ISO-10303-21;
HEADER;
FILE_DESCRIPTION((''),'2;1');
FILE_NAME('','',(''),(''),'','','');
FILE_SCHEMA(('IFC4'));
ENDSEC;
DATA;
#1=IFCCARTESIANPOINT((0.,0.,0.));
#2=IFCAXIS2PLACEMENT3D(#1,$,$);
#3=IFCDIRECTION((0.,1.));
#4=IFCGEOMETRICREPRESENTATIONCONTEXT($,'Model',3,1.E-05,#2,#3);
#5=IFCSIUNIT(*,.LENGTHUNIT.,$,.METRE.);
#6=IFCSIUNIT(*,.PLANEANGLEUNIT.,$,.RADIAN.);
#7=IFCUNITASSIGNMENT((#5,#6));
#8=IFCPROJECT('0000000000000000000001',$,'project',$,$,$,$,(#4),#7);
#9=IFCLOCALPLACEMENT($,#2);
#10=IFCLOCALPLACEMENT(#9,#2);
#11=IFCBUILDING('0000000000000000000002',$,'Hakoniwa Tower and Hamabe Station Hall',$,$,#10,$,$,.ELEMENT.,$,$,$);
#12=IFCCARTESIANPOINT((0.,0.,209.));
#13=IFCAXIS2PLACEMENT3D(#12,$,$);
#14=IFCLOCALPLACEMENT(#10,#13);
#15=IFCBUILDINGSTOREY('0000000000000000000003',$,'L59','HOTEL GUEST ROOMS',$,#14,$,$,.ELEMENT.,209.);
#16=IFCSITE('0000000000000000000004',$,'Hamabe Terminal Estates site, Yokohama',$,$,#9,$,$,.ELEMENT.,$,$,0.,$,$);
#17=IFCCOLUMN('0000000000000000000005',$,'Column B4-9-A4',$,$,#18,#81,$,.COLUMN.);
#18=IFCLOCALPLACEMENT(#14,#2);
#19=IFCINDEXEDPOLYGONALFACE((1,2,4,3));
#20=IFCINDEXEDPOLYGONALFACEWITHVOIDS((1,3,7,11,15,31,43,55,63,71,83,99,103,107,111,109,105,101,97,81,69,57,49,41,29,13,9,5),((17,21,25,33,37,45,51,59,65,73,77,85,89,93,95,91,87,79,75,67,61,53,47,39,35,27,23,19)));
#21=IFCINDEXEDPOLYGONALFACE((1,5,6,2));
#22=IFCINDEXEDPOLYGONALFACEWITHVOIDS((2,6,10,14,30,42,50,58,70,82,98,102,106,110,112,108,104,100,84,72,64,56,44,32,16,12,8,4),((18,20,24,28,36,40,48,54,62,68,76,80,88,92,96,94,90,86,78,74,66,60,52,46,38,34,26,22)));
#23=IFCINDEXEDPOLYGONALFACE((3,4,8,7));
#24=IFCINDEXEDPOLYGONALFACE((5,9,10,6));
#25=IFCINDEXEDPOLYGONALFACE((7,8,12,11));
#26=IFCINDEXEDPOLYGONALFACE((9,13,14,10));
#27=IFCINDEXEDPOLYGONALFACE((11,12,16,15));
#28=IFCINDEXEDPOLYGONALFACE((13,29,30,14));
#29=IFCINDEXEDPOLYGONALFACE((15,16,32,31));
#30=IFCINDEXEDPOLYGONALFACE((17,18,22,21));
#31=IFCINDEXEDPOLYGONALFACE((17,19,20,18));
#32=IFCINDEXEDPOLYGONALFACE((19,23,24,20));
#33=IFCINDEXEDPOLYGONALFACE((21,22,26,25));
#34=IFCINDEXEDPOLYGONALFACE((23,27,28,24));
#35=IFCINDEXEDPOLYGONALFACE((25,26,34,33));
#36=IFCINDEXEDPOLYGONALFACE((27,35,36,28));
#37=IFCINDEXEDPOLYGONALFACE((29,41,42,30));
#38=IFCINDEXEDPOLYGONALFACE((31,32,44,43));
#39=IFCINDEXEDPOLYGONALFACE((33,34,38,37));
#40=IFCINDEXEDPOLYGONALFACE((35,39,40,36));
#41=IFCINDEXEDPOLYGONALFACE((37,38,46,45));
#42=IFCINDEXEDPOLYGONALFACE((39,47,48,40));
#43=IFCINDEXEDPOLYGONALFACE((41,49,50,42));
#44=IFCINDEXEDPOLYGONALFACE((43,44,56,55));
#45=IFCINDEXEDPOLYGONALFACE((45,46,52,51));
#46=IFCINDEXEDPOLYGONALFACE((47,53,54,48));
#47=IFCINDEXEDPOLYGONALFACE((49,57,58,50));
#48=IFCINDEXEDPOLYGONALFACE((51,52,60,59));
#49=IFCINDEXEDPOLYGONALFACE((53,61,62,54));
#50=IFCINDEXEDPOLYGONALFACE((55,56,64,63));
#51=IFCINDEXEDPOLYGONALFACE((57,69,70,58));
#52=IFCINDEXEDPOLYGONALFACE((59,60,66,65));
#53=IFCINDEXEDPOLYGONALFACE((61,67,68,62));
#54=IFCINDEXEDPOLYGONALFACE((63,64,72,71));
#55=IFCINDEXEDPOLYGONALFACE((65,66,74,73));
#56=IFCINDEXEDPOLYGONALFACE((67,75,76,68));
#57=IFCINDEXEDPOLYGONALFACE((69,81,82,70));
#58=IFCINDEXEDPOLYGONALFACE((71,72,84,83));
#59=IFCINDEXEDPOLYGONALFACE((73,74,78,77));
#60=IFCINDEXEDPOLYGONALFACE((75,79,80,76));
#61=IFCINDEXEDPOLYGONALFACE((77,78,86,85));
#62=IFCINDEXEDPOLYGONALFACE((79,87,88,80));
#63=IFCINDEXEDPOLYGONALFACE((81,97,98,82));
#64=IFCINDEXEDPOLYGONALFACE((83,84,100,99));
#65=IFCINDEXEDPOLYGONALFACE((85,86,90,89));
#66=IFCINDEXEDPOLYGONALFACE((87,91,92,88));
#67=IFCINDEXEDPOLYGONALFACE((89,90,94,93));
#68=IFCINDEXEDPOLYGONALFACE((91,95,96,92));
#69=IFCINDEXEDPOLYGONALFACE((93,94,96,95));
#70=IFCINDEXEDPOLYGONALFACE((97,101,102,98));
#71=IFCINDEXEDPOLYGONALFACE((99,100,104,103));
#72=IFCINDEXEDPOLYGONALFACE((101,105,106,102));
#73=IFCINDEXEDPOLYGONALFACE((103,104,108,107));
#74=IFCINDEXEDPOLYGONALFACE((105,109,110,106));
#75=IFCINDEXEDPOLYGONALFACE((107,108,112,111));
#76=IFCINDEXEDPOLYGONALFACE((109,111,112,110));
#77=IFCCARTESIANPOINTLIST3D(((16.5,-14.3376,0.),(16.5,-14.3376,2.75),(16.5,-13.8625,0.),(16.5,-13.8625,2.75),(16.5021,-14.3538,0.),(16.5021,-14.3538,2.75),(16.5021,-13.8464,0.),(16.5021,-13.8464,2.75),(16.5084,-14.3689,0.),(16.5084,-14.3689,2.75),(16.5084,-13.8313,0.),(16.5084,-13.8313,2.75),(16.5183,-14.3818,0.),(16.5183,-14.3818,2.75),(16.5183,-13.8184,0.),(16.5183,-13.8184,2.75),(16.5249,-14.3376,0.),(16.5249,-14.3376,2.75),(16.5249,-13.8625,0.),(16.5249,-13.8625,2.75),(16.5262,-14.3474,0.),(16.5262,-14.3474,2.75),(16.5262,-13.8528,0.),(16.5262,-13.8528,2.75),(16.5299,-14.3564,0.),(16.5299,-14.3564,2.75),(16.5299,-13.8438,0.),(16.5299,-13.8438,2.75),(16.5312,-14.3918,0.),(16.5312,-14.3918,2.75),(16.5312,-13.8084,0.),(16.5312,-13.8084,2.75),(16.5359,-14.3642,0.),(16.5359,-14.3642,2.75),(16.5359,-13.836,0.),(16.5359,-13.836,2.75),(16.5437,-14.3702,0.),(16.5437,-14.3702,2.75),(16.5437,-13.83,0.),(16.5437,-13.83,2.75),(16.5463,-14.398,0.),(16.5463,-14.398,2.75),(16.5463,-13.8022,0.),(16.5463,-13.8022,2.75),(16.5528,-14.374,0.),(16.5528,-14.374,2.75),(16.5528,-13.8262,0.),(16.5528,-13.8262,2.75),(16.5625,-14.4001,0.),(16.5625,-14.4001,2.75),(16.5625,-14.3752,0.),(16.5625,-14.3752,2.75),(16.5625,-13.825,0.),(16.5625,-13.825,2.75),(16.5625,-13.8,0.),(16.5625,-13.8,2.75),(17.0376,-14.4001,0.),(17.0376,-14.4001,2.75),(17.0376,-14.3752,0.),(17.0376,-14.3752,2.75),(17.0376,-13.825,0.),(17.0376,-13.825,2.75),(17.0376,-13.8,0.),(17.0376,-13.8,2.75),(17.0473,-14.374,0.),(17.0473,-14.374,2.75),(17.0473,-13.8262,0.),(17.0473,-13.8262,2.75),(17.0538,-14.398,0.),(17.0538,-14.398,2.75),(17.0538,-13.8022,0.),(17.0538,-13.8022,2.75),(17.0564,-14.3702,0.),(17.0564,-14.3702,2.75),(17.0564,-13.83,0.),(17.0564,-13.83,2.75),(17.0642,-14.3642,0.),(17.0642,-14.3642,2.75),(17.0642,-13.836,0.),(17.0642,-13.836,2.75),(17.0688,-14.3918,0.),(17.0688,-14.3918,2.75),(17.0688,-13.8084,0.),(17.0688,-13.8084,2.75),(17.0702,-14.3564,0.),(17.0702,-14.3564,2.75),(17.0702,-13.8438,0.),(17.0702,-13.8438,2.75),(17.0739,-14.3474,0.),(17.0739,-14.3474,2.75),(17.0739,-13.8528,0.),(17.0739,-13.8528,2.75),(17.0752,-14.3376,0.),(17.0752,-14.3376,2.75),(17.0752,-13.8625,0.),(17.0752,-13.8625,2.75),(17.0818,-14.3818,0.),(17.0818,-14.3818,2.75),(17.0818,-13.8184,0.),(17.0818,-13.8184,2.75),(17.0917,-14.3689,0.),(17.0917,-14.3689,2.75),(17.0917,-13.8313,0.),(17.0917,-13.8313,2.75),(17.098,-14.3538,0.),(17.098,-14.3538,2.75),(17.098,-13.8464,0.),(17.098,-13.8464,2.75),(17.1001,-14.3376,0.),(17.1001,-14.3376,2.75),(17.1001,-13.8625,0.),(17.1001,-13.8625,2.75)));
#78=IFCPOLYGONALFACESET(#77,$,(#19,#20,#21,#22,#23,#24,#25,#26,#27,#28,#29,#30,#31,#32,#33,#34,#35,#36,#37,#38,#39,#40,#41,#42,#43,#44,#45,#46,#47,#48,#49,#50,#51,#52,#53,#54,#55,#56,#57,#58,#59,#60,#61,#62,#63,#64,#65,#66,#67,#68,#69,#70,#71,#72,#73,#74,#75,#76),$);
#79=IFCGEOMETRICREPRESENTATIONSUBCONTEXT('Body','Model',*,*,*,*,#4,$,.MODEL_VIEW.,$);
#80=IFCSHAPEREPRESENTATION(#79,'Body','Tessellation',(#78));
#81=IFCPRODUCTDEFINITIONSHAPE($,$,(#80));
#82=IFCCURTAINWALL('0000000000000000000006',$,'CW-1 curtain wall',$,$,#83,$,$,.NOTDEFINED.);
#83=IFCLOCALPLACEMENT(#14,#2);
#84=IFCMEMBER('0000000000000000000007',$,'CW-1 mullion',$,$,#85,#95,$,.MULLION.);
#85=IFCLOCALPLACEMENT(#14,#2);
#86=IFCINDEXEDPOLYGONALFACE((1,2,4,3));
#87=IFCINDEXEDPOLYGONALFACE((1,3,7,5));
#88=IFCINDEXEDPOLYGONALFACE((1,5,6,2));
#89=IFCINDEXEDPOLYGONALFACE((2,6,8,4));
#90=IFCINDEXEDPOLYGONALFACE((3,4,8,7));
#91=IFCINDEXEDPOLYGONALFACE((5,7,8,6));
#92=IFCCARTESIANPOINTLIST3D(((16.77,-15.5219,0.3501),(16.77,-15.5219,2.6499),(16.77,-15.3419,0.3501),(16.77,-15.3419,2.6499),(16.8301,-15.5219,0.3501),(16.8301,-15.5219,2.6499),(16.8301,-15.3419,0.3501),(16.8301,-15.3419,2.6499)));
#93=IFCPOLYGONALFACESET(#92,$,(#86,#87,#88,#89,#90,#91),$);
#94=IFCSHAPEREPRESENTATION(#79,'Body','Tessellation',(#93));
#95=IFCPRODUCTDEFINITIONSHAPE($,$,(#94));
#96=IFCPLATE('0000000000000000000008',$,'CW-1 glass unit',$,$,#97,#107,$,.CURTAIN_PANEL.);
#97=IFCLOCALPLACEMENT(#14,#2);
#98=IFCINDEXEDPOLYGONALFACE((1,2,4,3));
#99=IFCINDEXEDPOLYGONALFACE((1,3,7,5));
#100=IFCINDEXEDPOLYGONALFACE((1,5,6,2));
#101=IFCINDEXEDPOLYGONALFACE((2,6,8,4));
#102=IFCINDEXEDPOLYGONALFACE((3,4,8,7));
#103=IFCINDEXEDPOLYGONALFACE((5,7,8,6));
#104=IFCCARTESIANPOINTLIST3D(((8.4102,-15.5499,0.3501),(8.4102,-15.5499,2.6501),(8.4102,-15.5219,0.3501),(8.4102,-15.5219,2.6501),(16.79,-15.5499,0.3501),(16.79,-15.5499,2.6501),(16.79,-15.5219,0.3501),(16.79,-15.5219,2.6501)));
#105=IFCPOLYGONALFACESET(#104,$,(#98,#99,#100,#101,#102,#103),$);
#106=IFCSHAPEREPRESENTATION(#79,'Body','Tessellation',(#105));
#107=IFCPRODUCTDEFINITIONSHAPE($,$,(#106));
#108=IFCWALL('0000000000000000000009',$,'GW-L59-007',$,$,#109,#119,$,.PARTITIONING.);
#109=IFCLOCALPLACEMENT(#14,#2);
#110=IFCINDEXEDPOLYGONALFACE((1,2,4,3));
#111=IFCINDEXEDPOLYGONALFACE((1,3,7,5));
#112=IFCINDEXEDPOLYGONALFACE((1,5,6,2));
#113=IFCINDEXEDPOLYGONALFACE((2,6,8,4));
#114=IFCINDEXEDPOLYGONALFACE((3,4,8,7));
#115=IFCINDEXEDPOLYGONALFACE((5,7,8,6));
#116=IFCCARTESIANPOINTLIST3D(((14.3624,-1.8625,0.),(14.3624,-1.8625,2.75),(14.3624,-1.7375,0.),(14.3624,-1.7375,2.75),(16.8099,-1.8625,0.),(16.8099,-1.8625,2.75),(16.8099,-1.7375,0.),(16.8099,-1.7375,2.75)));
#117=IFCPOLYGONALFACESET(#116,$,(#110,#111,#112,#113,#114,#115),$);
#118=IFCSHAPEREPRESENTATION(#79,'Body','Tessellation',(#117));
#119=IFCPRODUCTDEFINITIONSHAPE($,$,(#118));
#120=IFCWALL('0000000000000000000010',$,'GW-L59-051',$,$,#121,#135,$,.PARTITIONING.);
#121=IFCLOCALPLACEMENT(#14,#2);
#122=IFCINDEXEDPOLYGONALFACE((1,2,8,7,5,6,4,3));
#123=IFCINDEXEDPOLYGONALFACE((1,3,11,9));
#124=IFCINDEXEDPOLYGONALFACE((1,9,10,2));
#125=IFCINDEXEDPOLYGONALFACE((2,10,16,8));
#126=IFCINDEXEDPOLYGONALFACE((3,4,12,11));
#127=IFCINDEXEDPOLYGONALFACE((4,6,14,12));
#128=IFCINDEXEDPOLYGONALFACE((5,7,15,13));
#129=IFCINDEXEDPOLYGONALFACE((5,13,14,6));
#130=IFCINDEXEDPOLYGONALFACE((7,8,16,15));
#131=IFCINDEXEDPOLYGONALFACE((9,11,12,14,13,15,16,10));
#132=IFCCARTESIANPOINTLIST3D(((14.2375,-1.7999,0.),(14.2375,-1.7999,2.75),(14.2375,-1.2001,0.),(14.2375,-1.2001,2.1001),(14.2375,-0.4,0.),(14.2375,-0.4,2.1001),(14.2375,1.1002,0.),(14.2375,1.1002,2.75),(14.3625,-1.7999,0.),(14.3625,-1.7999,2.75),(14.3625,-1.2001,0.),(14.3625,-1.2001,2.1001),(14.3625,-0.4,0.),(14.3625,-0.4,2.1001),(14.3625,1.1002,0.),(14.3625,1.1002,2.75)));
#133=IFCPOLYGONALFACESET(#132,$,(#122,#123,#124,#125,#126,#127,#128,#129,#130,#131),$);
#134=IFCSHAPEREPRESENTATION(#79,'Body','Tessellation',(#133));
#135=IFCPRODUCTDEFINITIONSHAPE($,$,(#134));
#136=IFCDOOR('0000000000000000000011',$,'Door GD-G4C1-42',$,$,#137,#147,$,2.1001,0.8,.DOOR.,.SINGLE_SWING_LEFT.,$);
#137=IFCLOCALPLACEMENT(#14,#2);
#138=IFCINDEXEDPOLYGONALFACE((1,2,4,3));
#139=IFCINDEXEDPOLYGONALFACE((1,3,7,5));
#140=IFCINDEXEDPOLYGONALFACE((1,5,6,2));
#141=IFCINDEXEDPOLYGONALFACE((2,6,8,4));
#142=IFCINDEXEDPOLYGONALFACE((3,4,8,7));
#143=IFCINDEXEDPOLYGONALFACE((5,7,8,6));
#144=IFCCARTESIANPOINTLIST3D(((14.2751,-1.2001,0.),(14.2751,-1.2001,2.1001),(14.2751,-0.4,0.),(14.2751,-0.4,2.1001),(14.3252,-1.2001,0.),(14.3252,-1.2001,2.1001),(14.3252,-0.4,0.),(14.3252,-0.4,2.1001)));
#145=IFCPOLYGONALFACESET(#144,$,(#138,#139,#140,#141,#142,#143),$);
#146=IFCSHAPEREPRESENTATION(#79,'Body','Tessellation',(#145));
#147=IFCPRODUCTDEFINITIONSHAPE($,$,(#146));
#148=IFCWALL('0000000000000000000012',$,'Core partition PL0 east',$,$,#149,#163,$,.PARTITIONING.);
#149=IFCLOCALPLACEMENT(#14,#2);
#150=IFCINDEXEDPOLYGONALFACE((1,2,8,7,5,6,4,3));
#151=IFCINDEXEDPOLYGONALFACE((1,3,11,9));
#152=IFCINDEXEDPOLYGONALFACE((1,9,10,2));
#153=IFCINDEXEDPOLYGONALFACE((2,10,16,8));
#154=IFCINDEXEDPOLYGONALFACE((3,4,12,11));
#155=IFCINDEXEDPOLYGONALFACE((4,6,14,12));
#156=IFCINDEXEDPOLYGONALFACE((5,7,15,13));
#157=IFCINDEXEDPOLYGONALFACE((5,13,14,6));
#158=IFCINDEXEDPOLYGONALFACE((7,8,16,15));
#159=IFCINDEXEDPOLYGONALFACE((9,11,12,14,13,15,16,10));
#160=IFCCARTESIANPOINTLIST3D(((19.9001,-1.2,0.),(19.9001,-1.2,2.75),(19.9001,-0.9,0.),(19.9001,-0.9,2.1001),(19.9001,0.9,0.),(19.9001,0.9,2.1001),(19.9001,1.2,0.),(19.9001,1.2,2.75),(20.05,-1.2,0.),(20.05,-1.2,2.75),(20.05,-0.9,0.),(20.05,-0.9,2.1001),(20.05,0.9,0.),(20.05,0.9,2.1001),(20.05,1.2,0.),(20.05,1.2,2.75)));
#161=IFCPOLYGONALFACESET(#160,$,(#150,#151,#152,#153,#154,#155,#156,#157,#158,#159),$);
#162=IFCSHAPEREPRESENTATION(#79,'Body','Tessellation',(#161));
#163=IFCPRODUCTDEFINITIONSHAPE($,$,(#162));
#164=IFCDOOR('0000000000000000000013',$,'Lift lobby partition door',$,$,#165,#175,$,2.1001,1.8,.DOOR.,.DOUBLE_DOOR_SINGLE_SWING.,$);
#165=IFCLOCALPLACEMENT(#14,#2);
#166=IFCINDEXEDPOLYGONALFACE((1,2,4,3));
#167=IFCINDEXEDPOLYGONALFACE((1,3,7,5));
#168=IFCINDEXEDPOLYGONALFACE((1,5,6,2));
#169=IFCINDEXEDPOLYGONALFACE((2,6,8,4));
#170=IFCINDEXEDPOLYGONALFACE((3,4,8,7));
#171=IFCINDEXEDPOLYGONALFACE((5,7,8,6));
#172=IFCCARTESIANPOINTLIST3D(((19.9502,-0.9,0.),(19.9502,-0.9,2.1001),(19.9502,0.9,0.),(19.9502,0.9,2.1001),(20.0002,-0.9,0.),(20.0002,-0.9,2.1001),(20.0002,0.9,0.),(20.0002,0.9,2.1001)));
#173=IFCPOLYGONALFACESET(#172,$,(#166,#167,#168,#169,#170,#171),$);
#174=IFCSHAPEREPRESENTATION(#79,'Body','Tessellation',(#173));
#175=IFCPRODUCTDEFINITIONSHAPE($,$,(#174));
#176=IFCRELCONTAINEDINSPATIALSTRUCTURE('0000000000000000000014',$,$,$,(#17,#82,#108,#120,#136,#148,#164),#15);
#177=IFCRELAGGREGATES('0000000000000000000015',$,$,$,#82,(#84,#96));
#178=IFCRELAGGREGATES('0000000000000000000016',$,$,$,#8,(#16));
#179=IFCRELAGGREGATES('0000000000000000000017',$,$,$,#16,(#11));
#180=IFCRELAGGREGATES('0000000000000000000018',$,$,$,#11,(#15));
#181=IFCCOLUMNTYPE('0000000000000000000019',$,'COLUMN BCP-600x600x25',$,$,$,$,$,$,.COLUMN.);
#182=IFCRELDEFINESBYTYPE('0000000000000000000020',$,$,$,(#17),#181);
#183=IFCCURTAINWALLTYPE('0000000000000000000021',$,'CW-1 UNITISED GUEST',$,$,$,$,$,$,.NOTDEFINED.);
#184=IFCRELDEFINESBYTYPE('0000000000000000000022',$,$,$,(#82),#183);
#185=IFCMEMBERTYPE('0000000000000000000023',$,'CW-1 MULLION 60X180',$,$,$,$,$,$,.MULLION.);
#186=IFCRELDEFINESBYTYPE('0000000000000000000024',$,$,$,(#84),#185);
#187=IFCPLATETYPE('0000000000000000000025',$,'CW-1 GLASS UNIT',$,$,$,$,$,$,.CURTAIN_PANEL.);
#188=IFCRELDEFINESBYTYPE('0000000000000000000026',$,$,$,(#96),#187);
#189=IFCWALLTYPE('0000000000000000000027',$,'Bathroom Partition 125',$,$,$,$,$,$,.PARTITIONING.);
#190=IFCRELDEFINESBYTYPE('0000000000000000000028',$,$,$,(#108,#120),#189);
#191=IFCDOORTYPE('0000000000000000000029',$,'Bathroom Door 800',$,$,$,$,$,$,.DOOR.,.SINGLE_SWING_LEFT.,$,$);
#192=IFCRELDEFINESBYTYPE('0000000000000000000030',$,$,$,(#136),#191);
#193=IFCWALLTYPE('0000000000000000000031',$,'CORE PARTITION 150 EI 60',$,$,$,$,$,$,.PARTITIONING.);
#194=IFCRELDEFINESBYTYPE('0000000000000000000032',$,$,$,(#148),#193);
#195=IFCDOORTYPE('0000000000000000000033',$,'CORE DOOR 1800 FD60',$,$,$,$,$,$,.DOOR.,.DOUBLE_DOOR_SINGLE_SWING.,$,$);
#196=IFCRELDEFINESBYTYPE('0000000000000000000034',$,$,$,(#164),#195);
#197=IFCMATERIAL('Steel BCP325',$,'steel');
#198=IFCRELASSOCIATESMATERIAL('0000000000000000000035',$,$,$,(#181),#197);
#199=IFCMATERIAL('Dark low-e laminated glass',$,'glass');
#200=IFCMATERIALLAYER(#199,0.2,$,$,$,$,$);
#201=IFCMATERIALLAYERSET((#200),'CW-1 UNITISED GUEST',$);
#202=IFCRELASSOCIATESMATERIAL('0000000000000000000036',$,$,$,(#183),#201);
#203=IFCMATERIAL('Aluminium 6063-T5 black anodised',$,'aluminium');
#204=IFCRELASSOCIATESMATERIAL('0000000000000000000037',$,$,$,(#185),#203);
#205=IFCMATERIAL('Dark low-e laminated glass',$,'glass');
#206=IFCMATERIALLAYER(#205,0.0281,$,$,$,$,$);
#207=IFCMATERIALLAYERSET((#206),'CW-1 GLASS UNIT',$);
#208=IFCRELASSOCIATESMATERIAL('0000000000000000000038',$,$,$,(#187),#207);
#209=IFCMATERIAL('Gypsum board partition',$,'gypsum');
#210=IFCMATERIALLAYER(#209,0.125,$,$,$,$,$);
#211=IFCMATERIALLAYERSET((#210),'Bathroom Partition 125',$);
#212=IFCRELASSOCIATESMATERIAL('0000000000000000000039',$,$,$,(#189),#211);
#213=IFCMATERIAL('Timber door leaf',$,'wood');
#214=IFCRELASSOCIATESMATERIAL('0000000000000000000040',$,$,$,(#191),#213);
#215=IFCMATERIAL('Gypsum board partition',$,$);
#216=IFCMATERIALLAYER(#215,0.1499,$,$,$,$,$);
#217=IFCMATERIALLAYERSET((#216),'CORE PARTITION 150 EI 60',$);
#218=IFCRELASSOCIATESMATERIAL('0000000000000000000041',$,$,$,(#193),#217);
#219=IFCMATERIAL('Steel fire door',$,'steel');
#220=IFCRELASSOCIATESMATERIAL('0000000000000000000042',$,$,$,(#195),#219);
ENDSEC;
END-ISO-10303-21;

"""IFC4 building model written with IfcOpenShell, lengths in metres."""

from ifc_helpers import new_model, si_unit, direction, frame, frame_2d, origin, origin_2d, place, context, subcontext, project, spatial, rectangle, hollow_rectangle, extrude, material, layer, layer_set, material_profile, profile_set, type_object, element, fill, aggregate, save


model = new_model("IFC4")

# Units and contexts
model_context = context("Model", 3, precision=1e-05, world=origin(), true_north=direction((0.0, 1.0)))
body_context = subcontext(model_context, "Body", "Model", "MODEL_VIEW")
ifc_project = project(units=[si_unit("LENGTHUNIT", "METRE"), si_unit("PLANEANGLEUNIT", "RADIAN")], contexts=[model_context])

# Site, building, storey
site_placement = place(None, origin())
site = spatial("IfcSite", under=ifc_project, at=site_placement, Name="Hamabe Terminal Estates site, Yokohama", CompositionType="ELEMENT", RefElevation=0.0)
building_placement = place(site_placement, origin())
building = spatial("IfcBuilding", under=site, at=building_placement, Name="Hakoniwa Tower and Hamabe Station Hall", CompositionType="ELEMENT")
storey_placement = place(building_placement, frame((0.0, 0.0, 209.0)))
storey = spatial("IfcBuildingStorey", under=building, at=storey_placement, Name="L59", Description="HOTEL GUEST ROOMS", CompositionType="ELEMENT", Elevation=209.0)

# Column
ifc_material_1 = material(Name="Steel BCP325", Category="steel")
ifc_material_profile_1 = material_profile(ifc_material_1, hollow_rectangle(XDim=0.6001, YDim=0.6001, WallThickness=0.0249, InnerFilletRadius=0.0376, OuterFilletRadius=0.0625, at=origin_2d()), Name="BCP-600x600x25")
ifc_profile_set_1 = profile_set([ifc_material_profile_1], Name="Steel BCP325")
column_type = type_object("IfcColumnType", Name="COLUMN BCP-600x600x25", PredefinedType="COLUMN", material=ifc_profile_set_1)
column_placement = place(storey_placement, frame((16.8, -14.1001, 0.0), z_axis=(0.0, 0.0, 1.0), x_axis=(1.0, 0.0, 0.0)))
element("IfcColumn", 1, at=column_placement, inside=storey, type_object=column_type, Name="Column B4-9-A4", PredefinedType="COLUMN", context=body_context, shape_type="SweptSolid", body=[
    extrude(hollow_rectangle(XDim=0.6001, YDim=0.6001, WallThickness=0.0249, InnerFilletRadius=0.0376, OuterFilletRadius=0.0625, at=origin_2d()), origin(), (0.0, 0.0, 1.0), 2.75),
])

# Curtain wall, member, plate
ifc_material_2 = material(Name="Dark low-e laminated glass", Category="glass")
ifc_layer_1 = layer(ifc_material_2, 0.2)
ifc_layer_set_1 = layer_set([ifc_layer_1], Name="CW-1 UNITISED GUEST")
curtain_wall_type = type_object("IfcCurtainWallType", Name="CW-1 UNITISED GUEST", PredefinedType="NOTDEFINED", material=ifc_layer_set_1)
curtain_wall_placement = place(storey_placement, origin())
curtain_wall = element("IfcCurtainWall", 2, at=curtain_wall_placement, inside=storey, type_object=curtain_wall_type, Name="CW-1 curtain wall", PredefinedType="NOTDEFINED")
ifc_material_3 = material(Name="Aluminium 6063-T5 black anodised", Category="aluminium")
ifc_material_profile_2 = material_profile(ifc_material_3, rectangle(XDim=0.0601, YDim=0.1799, at=origin_2d()), Name="CW-1 MULLION 60X180")
ifc_profile_set_2 = profile_set([ifc_material_profile_2], Name="Aluminium 6063-T5 black anodised")
member_type = type_object("IfcMemberType", Name="CW-1 MULLION 60X180", PredefinedType="MULLION", material=ifc_profile_set_2)
member_placement = place(storey_placement, frame((16.8, -15.4319, 0.3501), z_axis=(0.0, 0.0, 1.0), x_axis=(1.0, 0.0, 0.0)))
member = element("IfcMember", 3, at=member_placement, type_object=member_type, Name="CW-1 mullion", PredefinedType="MULLION", context=body_context, shape_type="SweptSolid", body=[
    extrude(rectangle(XDim=0.0601, YDim=0.1799, at=origin_2d()), origin(), (0.0, 0.0, 1.0), 2.2998),
])
ifc_material_4 = material(Name="Dark low-e laminated glass", Category="glass")
ifc_layer_2 = layer(ifc_material_4, 0.0281)
ifc_layer_set_2 = layer_set([ifc_layer_2], Name="CW-1 GLASS UNIT")
plate_type = type_object("IfcPlateType", Name="CW-1 GLASS UNIT", PredefinedType="CURTAIN_PANEL", material=ifc_layer_set_2)
plate_placement = place(storey_placement, frame((12.6001, -15.5359, 0.3501), z_axis=(0.0, 0.0, 1.0), x_axis=(1.0, 0.0, 0.0)))
plate = element("IfcPlate", 4, at=plate_placement, type_object=plate_type, Name="CW-1 glass unit", PredefinedType="CURTAIN_PANEL", context=body_context, shape_type="SweptSolid", body=[
    extrude(rectangle(XDim=8.3799, YDim=0.0281, at=origin_2d()), origin(), (0.0, 0.0, 1.0), 2.3),
])
aggregate(curtain_wall, [member, plate])

# Wall
ifc_material_5 = material(Name="Gypsum board partition", Category="gypsum")
ifc_layer_3 = layer(ifc_material_5, 0.125)
ifc_layer_set_3 = layer_set([ifc_layer_3], Name="Bathroom Partition 125")
wall_type_1 = type_object("IfcWallType", Name="Bathroom Partition 125", PredefinedType="PARTITIONING", material=ifc_layer_set_3)
wall_1_placement = place(storey_placement, frame((14.3625, -1.8, 0.0), z_axis=(0.0, 0.0, 1.0), x_axis=(1.0, 0.0, 0.0)))
element("IfcWall", 5, at=wall_1_placement, inside=storey, type_object=wall_type_1, Name="GW-L59-007", PredefinedType="PARTITIONING", context=body_context, shape_type="SweptSolid", body=[
    extrude(rectangle(XDim=2.4475, YDim=0.125, at=frame_2d((1.2236, 0.0))), origin(), (0.0, 0.0, 1.0), 2.75),
])

# Walls, openings, doors
wall_2_placement = place(storey_placement, frame((14.3, -1.8, 0.0), z_axis=(0.0, 0.0, 1.0), x_axis=(0.0, 1.0, 0.0)))
wall_2 = element("IfcWall", 6, at=wall_2_placement, inside=storey, type_object=wall_type_1, Name="GW-L59-051", PredefinedType="PARTITIONING", context=body_context, shape_type="SweptSolid", body=[
    extrude(rectangle(XDim=2.9001, YDim=0.125, at=frame_2d((1.4502, 0.0))), origin(), (0.0, 0.0, 1.0), 2.75),
])
opening_1_placement = place(wall_2_placement, frame((0.6001, 0.0, 0.0)))
opening_1 = element("IfcOpeningElement", 7, at=opening_1_placement, cuts=wall_2, PredefinedType="OPENING", context=body_context, shape_type="SweptSolid", body=[
    extrude(rectangle(XDim=0.8, YDim=2.1001, at=frame_2d((0.3999, 1.05))), frame((0.0, 0.0725, 0.0), z_axis=(0.0, -1.0, 0.0), x_axis=(1.0, 0.0, 0.0)), (0.0, 0.0, 1.0), 0.145),
])
ifc_material_6 = material(Name="Timber door leaf", Category="wood")
door_type_1 = type_object("IfcDoorType", Name="Bathroom Door 800", OperationType="SINGLE_SWING_LEFT", PredefinedType="DOOR", material=ifc_material_6)
door_1_placement = place(opening_1_placement, origin())
door_1 = element("IfcDoor", 8, at=door_1_placement, inside=storey, type_object=door_type_1, Name="Door GD-G4C1-42", OperationType="SINGLE_SWING_LEFT", OverallHeight=2.1001, OverallWidth=0.8, PredefinedType="DOOR", context=body_context, shape_type="SweptSolid", body=[
    extrude(rectangle(XDim=0.8, YDim=2.1001, at=frame_2d((0.3999, 1.05))), frame((0.0, 0.0249, 0.0), z_axis=(0.0, -1.0, 0.0), x_axis=(1.0, 0.0, 0.0)), (0.0, 0.0, 1.0), 0.05),
])
fill(opening_1, door_1)
ifc_material_7 = material(Name="Gypsum board partition")
ifc_layer_4 = layer(ifc_material_7, 0.1499)
ifc_layer_set_4 = layer_set([ifc_layer_4], Name="CORE PARTITION 150 EI 60")
wall_type_2 = type_object("IfcWallType", Name="CORE PARTITION 150 EI 60", PredefinedType="PARTITIONING", material=ifc_layer_set_4)
wall_3_placement = place(storey_placement, frame((19.9751, -1.2, 0.0), z_axis=(0.0, 0.0, 1.0), x_axis=(0.0, 1.0, 0.0)))
wall_3 = element("IfcWall", 9, at=wall_3_placement, inside=storey, type_object=wall_type_2, Name="Core partition PL0 east", PredefinedType="PARTITIONING", context=body_context, shape_type="SweptSolid", body=[
    extrude(rectangle(XDim=2.3999, YDim=0.1499, at=frame_2d((1.2, 0.0))), origin(), (0.0, 0.0, 1.0), 2.75),
])
opening_2_placement = place(wall_3_placement, frame((0.3, 0.0, 0.0)))
opening_2 = element("IfcOpeningElement", 10, at=opening_2_placement, cuts=wall_3, PredefinedType="OPENING", context=body_context, shape_type="SweptSolid", body=[
    extrude(rectangle(XDim=1.8, YDim=2.1001, at=frame_2d((0.8999, 1.05))), frame((0.0, 0.085, 0.0), z_axis=(0.0, -1.0, 0.0), x_axis=(1.0, 0.0, 0.0)), (0.0, 0.0, 1.0), 0.1699),
])
ifc_material_8 = material(Name="Steel fire door", Category="steel")
door_type_2 = type_object("IfcDoorType", Name="CORE DOOR 1800 FD60", OperationType="DOUBLE_DOOR_SINGLE_SWING", PredefinedType="DOOR", material=ifc_material_8)
door_2_placement = place(opening_2_placement, origin())
door_2 = element("IfcDoor", 11, at=door_2_placement, inside=storey, type_object=door_type_2, Name="Lift lobby partition door", OperationType="DOUBLE_DOOR_SINGLE_SWING", OverallHeight=2.1001, OverallWidth=1.8, PredefinedType="DOOR", context=body_context, shape_type="SweptSolid", body=[
    extrude(rectangle(XDim=1.8, YDim=2.1001, at=frame_2d((0.8999, 1.05))), frame((0.0, 0.0249, 0.0), z_axis=(0.0, -1.0, 0.0), x_axis=(1.0, 0.0, 0.0)), (0.0, 0.0, 1.0), 0.05),
])
fill(opening_2, door_2)

save(model, "model.ifc")
